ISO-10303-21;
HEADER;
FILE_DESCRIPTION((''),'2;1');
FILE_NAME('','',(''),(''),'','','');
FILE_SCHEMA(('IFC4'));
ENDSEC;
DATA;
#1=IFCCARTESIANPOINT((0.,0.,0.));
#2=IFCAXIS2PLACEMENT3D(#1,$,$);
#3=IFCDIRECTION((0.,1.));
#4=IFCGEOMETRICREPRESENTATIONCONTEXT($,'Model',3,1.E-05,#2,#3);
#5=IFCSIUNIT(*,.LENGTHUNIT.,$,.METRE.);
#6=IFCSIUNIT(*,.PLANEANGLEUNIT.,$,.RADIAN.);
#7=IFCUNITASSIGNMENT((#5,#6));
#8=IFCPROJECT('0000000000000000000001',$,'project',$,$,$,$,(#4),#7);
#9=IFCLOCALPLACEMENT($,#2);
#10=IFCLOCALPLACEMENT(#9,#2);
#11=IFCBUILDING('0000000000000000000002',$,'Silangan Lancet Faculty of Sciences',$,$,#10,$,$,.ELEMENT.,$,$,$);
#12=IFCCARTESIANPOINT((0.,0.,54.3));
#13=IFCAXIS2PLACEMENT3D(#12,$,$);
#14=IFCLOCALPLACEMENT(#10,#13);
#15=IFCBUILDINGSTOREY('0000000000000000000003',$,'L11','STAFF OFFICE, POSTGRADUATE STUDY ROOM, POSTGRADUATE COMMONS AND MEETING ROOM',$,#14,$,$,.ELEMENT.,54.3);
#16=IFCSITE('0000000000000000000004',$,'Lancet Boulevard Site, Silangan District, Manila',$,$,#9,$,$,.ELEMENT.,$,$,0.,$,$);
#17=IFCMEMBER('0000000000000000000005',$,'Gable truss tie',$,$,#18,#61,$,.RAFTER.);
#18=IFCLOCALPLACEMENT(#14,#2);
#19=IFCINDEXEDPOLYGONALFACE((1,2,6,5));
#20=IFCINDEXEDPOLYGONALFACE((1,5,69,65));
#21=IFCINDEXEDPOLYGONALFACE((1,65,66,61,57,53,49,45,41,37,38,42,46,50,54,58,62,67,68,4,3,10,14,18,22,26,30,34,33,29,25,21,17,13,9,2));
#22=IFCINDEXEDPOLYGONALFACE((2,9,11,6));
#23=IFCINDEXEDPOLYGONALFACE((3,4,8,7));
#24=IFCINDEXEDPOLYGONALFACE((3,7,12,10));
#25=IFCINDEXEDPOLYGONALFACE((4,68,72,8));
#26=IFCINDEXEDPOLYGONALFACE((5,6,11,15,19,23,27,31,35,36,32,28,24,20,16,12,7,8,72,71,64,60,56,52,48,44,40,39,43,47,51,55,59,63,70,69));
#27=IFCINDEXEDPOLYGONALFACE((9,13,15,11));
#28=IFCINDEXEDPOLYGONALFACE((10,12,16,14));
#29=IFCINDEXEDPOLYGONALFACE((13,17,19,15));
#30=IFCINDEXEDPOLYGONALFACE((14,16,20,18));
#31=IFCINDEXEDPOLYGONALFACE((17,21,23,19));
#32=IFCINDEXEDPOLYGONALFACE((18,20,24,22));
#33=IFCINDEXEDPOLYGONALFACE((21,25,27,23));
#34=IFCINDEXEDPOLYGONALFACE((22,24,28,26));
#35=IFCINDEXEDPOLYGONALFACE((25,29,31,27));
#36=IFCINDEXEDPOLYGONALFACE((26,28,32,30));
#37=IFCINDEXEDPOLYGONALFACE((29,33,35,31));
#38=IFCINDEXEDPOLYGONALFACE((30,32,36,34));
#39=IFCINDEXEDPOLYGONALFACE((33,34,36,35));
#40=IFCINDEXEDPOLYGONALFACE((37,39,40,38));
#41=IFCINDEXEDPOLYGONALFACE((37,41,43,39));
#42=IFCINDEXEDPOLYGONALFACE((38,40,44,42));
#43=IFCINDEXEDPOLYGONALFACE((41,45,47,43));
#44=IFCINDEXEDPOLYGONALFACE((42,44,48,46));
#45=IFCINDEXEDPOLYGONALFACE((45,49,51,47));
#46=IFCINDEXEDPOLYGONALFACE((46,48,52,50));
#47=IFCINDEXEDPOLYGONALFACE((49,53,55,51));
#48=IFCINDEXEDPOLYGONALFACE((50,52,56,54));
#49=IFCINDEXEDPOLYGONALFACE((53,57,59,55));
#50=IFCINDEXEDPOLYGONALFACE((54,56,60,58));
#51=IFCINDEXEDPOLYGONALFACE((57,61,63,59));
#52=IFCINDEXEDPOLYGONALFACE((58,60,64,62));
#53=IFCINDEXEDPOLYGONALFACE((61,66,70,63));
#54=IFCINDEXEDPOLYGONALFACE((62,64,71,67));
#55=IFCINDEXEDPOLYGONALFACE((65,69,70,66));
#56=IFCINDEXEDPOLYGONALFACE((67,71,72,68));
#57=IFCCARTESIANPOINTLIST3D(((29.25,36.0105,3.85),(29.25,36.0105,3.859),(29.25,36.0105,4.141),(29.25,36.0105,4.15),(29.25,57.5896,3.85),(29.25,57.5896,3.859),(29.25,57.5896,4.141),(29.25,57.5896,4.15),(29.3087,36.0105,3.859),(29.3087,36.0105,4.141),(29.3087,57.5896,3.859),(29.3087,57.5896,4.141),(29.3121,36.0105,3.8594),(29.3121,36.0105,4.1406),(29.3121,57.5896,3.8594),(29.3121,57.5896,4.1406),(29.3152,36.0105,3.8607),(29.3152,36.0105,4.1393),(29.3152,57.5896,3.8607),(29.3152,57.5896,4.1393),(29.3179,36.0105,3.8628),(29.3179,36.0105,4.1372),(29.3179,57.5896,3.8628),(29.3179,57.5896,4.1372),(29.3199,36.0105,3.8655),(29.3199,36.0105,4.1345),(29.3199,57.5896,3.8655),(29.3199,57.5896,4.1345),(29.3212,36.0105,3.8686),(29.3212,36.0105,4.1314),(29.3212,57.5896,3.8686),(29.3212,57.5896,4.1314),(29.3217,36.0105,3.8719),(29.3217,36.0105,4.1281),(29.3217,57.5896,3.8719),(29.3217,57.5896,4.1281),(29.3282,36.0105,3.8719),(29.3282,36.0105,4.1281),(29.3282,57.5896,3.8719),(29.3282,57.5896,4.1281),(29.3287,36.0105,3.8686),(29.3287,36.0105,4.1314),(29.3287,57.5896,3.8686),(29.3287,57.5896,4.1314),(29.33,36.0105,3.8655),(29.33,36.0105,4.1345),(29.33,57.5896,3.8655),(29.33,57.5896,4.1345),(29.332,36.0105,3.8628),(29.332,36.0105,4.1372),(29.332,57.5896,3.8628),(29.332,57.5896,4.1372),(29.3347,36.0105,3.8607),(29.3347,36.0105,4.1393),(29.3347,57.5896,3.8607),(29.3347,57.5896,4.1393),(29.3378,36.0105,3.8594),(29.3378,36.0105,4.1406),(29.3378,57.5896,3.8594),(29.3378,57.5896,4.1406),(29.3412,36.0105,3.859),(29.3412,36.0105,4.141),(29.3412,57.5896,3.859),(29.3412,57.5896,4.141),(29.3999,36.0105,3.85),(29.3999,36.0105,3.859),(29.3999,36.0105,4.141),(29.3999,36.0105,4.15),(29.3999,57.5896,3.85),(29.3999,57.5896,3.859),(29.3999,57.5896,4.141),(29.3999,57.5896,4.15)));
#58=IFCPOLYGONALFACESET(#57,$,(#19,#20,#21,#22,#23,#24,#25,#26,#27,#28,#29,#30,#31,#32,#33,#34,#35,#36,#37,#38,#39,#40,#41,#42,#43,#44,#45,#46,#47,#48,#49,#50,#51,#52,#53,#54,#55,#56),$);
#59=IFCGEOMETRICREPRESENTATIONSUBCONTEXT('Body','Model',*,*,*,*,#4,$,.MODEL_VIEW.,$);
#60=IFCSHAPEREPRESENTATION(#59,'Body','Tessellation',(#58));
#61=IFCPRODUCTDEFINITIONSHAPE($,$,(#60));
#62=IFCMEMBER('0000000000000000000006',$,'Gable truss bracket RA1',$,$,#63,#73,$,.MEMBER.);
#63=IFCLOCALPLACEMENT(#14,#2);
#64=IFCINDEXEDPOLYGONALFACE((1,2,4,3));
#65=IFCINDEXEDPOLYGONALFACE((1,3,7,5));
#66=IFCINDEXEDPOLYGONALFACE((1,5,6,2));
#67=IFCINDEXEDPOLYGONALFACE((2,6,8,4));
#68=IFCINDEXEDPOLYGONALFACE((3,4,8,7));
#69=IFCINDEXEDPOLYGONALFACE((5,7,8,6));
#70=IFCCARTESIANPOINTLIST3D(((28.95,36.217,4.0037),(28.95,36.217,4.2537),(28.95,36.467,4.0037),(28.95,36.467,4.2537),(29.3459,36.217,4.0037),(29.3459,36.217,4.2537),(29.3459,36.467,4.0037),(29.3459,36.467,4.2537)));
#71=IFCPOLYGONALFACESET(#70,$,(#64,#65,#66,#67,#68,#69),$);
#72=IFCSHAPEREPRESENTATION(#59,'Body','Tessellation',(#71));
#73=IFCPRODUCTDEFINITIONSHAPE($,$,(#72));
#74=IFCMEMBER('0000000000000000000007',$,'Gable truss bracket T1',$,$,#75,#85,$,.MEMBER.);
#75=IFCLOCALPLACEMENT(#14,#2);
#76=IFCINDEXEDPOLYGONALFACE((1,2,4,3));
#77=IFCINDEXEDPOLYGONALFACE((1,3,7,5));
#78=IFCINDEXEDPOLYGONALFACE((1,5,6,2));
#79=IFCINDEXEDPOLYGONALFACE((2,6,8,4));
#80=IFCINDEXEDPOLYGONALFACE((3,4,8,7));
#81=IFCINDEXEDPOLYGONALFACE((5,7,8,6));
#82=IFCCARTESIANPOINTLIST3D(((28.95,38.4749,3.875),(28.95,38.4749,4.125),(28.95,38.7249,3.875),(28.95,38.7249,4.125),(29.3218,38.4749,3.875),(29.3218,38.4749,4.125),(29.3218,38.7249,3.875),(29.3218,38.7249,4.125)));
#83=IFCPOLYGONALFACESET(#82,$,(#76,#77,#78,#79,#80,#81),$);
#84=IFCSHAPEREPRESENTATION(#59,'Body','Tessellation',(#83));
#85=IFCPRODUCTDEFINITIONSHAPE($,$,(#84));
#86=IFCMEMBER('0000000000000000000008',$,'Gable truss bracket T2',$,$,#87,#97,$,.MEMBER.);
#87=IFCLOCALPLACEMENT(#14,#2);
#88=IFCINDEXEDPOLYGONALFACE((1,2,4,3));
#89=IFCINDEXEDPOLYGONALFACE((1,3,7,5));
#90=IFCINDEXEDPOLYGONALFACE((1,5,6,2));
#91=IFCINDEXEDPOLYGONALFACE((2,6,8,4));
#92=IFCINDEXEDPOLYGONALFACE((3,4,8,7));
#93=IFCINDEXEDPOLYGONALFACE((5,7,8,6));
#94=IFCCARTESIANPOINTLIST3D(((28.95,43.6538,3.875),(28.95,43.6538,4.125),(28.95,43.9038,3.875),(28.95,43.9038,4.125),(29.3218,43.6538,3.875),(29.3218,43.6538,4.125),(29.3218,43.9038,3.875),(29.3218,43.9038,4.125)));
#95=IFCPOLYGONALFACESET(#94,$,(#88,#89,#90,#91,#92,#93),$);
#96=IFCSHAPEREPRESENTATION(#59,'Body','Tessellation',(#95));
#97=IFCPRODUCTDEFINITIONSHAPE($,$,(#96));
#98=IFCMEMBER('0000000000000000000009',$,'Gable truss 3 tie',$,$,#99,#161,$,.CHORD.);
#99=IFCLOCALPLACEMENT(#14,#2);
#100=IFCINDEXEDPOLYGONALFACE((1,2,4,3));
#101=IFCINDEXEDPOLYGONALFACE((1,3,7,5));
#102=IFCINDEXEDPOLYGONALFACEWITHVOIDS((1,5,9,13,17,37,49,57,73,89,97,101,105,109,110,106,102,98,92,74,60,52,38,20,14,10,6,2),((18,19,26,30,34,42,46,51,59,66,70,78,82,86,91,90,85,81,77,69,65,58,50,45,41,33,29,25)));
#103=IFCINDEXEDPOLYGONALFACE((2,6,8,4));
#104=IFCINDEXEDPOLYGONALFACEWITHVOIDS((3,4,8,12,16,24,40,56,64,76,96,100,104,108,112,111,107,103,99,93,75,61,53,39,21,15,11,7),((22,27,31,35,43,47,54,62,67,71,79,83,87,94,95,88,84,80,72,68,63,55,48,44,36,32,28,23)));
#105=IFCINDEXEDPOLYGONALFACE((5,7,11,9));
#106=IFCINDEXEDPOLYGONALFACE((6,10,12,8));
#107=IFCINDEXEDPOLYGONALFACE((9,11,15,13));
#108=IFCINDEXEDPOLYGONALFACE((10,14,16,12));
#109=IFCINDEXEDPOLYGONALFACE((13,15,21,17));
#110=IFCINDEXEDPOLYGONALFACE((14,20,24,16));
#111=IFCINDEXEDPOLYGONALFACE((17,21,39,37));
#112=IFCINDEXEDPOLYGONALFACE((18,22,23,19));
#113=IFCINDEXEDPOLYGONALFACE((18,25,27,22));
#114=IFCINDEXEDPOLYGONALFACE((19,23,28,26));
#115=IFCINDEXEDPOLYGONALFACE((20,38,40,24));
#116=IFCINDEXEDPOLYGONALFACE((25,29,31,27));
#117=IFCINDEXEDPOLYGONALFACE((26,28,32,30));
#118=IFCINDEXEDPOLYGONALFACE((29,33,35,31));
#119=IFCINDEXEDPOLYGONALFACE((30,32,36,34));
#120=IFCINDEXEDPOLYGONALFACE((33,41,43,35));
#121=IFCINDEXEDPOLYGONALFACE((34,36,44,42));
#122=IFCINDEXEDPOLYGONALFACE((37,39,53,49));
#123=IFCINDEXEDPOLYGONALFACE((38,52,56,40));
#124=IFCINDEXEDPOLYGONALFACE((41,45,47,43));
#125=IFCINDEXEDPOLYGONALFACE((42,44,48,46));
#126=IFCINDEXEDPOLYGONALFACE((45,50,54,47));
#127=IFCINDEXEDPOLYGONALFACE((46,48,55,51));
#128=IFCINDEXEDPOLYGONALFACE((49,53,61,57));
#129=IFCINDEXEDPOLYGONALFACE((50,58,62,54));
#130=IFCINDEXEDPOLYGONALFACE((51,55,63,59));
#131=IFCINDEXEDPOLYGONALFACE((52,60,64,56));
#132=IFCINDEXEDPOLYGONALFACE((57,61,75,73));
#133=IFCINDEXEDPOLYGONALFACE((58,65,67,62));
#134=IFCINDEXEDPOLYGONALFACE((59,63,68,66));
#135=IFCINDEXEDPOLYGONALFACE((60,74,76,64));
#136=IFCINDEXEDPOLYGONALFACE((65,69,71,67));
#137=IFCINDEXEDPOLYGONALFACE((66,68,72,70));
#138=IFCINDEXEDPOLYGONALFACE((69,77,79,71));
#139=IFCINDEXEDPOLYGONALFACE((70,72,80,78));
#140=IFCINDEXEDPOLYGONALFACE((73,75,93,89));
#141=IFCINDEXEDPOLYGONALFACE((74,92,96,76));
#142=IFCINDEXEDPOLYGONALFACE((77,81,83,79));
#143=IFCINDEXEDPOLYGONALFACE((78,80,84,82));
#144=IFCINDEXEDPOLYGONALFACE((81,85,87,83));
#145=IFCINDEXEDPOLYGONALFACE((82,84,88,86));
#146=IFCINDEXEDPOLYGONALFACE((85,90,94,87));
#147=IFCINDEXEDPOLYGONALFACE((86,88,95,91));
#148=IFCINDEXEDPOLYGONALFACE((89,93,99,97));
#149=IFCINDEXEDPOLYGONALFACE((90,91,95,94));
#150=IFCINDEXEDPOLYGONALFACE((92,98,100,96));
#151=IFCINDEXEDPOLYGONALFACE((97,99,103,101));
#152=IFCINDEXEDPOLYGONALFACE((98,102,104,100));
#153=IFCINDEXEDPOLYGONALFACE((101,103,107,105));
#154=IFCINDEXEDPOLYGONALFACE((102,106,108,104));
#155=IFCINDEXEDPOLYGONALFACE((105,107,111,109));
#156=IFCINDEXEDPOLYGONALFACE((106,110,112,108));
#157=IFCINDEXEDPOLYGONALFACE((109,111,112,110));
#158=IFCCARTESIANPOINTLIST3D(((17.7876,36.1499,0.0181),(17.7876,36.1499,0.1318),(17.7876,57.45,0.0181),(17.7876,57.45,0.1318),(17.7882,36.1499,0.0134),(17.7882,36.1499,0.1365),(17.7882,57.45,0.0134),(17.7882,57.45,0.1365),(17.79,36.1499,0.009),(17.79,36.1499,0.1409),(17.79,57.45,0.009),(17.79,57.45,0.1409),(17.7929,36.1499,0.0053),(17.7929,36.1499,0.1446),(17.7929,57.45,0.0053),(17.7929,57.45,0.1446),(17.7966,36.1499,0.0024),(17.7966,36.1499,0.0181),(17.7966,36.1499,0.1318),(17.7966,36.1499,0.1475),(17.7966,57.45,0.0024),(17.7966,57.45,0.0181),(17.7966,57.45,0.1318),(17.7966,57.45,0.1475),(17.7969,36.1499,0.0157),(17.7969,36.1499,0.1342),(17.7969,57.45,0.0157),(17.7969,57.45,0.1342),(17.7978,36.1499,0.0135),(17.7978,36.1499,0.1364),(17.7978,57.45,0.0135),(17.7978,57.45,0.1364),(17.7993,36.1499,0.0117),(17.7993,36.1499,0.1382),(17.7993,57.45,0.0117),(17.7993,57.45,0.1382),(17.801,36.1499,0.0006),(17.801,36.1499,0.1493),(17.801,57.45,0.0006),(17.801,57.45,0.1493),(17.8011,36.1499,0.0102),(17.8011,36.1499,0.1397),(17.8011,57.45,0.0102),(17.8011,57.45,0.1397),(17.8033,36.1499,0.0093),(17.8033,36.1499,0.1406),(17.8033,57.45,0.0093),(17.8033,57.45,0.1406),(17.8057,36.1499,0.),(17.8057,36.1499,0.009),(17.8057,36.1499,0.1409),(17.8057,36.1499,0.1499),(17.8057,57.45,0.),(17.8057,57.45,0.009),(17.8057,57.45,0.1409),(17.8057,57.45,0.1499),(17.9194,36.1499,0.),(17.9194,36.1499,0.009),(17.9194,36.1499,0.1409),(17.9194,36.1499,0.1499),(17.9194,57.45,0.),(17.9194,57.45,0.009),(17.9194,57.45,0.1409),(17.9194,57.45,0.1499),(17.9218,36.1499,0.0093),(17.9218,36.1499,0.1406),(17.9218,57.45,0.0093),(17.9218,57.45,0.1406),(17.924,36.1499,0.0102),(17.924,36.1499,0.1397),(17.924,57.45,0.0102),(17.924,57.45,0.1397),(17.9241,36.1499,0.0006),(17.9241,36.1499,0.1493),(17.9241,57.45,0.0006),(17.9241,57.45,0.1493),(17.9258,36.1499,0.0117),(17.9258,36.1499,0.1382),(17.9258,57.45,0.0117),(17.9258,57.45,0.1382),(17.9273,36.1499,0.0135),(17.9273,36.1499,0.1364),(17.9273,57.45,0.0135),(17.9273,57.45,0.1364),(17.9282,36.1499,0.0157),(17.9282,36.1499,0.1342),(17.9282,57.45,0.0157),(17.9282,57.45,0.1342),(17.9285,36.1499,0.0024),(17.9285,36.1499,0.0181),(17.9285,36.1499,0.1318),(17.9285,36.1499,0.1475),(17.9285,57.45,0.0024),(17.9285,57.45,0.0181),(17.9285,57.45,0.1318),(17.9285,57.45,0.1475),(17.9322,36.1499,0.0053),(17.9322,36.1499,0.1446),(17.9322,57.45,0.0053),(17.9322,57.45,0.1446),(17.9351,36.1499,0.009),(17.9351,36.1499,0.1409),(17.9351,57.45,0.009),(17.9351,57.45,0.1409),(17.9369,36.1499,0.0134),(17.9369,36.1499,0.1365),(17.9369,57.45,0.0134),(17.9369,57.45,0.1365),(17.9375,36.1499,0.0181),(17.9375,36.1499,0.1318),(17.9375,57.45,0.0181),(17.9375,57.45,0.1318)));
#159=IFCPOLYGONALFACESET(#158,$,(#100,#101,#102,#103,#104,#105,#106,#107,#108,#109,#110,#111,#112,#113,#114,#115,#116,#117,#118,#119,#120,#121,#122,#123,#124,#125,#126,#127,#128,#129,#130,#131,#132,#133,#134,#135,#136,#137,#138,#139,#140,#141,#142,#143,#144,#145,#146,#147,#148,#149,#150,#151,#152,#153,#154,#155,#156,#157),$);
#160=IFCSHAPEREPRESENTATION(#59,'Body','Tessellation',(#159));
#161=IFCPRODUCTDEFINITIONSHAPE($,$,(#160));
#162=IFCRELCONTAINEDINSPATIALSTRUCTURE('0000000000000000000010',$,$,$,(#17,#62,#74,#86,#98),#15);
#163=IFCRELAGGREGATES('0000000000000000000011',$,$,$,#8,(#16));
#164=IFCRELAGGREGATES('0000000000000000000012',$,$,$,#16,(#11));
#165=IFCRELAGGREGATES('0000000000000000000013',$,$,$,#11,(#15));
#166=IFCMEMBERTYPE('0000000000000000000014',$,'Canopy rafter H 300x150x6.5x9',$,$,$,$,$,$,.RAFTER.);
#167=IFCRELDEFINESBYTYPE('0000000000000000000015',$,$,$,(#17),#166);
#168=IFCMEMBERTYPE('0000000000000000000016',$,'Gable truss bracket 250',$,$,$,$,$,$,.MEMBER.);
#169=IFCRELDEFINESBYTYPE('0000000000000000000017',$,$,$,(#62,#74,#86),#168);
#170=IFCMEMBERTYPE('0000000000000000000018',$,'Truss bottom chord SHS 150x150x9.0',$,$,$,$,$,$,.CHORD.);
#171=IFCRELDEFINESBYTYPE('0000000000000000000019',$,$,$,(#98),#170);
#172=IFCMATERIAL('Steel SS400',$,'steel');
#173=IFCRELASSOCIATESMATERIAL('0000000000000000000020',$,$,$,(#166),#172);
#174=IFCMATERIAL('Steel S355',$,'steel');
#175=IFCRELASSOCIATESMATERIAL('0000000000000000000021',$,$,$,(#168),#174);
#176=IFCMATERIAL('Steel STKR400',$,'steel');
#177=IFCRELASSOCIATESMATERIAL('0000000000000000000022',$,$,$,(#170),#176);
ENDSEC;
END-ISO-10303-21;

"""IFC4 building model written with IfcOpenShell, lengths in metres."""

from ifc_helpers import new_model, si_unit, direction, frame, origin, origin_2d, place, context, subcontext, project, spatial, rectangle, hollow_rectangle, i_section, extrude, material, material_profile, profile_set, type_object, element, save


model = new_model("IFC4")

# Units and contexts
model_context = context("Model", 3, precision=1e-05, world=origin(), true_north=direction((0.0, 1.0)))
body_context = subcontext(model_context, "Body", "Model", "MODEL_VIEW")
ifc_project = project(units=[si_unit("LENGTHUNIT", "METRE"), si_unit("PLANEANGLEUNIT", "RADIAN")], contexts=[model_context])

# Site, building, storey
site_placement = place(None, origin())
site = spatial("IfcSite", under=ifc_project, at=site_placement, Name="Lancet Boulevard Site, Silangan District, Manila", CompositionType="ELEMENT", RefElevation=0.0)
building_placement = place(site_placement, origin())
building = spatial("IfcBuilding", under=site, at=building_placement, Name="Silangan Lancet Faculty of Sciences", CompositionType="ELEMENT")
storey_placement = place(building_placement, frame((0.0, 0.0, 54.3)))
storey = spatial("IfcBuildingStorey", under=building, at=storey_placement, Name="L11", Description="STAFF OFFICE, POSTGRADUATE STUDY ROOM, POSTGRADUATE COMMONS AND MEETING ROOM", CompositionType="ELEMENT", Elevation=54.3)

# Members
ifc_material_1 = material(Name="Steel SS400", Category="steel")
ifc_material_profile_1 = material_profile(ifc_material_1, i_section(OverallWidth=0.1499, OverallDepth=0.3, WebThickness=0.0066, FlangeThickness=0.009, FilletRadius=0.0129, at=origin_2d()), Name="H 300x150x6.5x9")
ifc_profile_set_1 = profile_set([ifc_material_profile_1], Name="Steel SS400")
member_type_1 = type_object("IfcMemberType", Name="Canopy rafter H 300x150x6.5x9", PredefinedType="RAFTER", material=ifc_profile_set_1)
member_1_placement = place(storey_placement, frame((29.325, 36.0105, 4.0), z_axis=(0.0, 1.0, 0.0), x_axis=(-1.0, 0.0, 0.0)))
element("IfcMember", 1, at=member_1_placement, inside=storey, type_object=member_type_1, Name="Gable truss tie", PredefinedType="RAFTER", context=body_context, shape_type="SweptSolid", body=[
    extrude(i_section(OverallWidth=0.1499, OverallDepth=0.3, WebThickness=0.0066, FlangeThickness=0.009, FilletRadius=0.0129, at=origin_2d()), origin(), (0.0, 0.0, 1.0), 21.5791),
])
ifc_material_2 = material(Name="Steel S355", Category="steel")
ifc_material_profile_2 = material_profile(ifc_material_2, rectangle(XDim=0.25, YDim=0.25, at=origin_2d()), Name="steel 250x250")
ifc_profile_set_2 = profile_set([ifc_material_profile_2], Name="Steel S355")
member_type_2 = type_object("IfcMemberType", Name="Gable truss bracket 250", PredefinedType="MEMBER", material=ifc_profile_set_2)
member_2_placement = place(storey_placement, frame((28.95, 36.342, 4.1287), z_axis=(1.0, 0.0, 0.0), x_axis=(0.0, 1.0, 0.0)))
element("IfcMember", 2, at=member_2_placement, inside=storey, type_object=member_type_2, Name="Gable truss bracket RA1", PredefinedType="MEMBER", context=body_context, shape_type="SweptSolid", body=[
    extrude(rectangle(XDim=0.25, YDim=0.25, at=origin_2d()), origin(), (0.0, 0.0, 1.0), 0.396),
])
for number, where, z_axis, x_axis, name in (
    (3, (28.95, 38.5999, 4.0), (1.0, 0.0, 0.0), (0.0, 1.0, 0.0), "Gable truss bracket T1"),
    (4, (28.95, 43.7788, 4.0), (1.0, 0.0, 0.0), (0.0, 1.0, 0.0), "Gable truss bracket T2"),
):
    element("IfcMember", number, at=place(storey_placement, frame(where, z_axis=z_axis, x_axis=x_axis)), inside=storey, type_object=member_type_2, Name=name, PredefinedType="MEMBER", context=body_context, shape_type="SweptSolid", body=[
        extrude(rectangle(XDim=0.25, YDim=0.25, at=origin_2d()), origin(), (0.0, 0.0, 1.0), 0.3718),
    ])
ifc_material_3 = material(Name="Steel STKR400", Category="steel")
ifc_material_profile_3 = material_profile(ifc_material_3, hollow_rectangle(XDim=0.1499, YDim=0.1499, WallThickness=0.009, InnerFilletRadius=0.009, OuterFilletRadius=0.0181, at=origin_2d()), Name="SHS 150x150x9.0")
ifc_profile_set_3 = profile_set([ifc_material_profile_3], Name="Steel STKR400")
member_type_3 = type_object("IfcMemberType", Name="Truss bottom chord SHS 150x150x9.0", PredefinedType="CHORD", material=ifc_profile_set_3)
for number, where, z_axis, x_axis, name in (
    (5, (17.8625, 36.1499, 0.075), (0.0, 1.0, 0.0), (-1.0, 0.0, 0.0), "Gable truss 3 tie"),
):
    element("IfcMember", number, at=place(storey_placement, frame(where, z_axis=z_axis, x_axis=x_axis)), inside=storey, type_object=member_type_3, Name=name, PredefinedType="CHORD", context=body_context, shape_type="SweptSolid", body=[
        extrude(hollow_rectangle(XDim=0.1499, YDim=0.1499, WallThickness=0.009, InnerFilletRadius=0.009, OuterFilletRadius=0.0181, at=origin_2d()), origin(), (0.0, 0.0, 1.0), 21.3),
    ])

save(model, "model.ifc")
